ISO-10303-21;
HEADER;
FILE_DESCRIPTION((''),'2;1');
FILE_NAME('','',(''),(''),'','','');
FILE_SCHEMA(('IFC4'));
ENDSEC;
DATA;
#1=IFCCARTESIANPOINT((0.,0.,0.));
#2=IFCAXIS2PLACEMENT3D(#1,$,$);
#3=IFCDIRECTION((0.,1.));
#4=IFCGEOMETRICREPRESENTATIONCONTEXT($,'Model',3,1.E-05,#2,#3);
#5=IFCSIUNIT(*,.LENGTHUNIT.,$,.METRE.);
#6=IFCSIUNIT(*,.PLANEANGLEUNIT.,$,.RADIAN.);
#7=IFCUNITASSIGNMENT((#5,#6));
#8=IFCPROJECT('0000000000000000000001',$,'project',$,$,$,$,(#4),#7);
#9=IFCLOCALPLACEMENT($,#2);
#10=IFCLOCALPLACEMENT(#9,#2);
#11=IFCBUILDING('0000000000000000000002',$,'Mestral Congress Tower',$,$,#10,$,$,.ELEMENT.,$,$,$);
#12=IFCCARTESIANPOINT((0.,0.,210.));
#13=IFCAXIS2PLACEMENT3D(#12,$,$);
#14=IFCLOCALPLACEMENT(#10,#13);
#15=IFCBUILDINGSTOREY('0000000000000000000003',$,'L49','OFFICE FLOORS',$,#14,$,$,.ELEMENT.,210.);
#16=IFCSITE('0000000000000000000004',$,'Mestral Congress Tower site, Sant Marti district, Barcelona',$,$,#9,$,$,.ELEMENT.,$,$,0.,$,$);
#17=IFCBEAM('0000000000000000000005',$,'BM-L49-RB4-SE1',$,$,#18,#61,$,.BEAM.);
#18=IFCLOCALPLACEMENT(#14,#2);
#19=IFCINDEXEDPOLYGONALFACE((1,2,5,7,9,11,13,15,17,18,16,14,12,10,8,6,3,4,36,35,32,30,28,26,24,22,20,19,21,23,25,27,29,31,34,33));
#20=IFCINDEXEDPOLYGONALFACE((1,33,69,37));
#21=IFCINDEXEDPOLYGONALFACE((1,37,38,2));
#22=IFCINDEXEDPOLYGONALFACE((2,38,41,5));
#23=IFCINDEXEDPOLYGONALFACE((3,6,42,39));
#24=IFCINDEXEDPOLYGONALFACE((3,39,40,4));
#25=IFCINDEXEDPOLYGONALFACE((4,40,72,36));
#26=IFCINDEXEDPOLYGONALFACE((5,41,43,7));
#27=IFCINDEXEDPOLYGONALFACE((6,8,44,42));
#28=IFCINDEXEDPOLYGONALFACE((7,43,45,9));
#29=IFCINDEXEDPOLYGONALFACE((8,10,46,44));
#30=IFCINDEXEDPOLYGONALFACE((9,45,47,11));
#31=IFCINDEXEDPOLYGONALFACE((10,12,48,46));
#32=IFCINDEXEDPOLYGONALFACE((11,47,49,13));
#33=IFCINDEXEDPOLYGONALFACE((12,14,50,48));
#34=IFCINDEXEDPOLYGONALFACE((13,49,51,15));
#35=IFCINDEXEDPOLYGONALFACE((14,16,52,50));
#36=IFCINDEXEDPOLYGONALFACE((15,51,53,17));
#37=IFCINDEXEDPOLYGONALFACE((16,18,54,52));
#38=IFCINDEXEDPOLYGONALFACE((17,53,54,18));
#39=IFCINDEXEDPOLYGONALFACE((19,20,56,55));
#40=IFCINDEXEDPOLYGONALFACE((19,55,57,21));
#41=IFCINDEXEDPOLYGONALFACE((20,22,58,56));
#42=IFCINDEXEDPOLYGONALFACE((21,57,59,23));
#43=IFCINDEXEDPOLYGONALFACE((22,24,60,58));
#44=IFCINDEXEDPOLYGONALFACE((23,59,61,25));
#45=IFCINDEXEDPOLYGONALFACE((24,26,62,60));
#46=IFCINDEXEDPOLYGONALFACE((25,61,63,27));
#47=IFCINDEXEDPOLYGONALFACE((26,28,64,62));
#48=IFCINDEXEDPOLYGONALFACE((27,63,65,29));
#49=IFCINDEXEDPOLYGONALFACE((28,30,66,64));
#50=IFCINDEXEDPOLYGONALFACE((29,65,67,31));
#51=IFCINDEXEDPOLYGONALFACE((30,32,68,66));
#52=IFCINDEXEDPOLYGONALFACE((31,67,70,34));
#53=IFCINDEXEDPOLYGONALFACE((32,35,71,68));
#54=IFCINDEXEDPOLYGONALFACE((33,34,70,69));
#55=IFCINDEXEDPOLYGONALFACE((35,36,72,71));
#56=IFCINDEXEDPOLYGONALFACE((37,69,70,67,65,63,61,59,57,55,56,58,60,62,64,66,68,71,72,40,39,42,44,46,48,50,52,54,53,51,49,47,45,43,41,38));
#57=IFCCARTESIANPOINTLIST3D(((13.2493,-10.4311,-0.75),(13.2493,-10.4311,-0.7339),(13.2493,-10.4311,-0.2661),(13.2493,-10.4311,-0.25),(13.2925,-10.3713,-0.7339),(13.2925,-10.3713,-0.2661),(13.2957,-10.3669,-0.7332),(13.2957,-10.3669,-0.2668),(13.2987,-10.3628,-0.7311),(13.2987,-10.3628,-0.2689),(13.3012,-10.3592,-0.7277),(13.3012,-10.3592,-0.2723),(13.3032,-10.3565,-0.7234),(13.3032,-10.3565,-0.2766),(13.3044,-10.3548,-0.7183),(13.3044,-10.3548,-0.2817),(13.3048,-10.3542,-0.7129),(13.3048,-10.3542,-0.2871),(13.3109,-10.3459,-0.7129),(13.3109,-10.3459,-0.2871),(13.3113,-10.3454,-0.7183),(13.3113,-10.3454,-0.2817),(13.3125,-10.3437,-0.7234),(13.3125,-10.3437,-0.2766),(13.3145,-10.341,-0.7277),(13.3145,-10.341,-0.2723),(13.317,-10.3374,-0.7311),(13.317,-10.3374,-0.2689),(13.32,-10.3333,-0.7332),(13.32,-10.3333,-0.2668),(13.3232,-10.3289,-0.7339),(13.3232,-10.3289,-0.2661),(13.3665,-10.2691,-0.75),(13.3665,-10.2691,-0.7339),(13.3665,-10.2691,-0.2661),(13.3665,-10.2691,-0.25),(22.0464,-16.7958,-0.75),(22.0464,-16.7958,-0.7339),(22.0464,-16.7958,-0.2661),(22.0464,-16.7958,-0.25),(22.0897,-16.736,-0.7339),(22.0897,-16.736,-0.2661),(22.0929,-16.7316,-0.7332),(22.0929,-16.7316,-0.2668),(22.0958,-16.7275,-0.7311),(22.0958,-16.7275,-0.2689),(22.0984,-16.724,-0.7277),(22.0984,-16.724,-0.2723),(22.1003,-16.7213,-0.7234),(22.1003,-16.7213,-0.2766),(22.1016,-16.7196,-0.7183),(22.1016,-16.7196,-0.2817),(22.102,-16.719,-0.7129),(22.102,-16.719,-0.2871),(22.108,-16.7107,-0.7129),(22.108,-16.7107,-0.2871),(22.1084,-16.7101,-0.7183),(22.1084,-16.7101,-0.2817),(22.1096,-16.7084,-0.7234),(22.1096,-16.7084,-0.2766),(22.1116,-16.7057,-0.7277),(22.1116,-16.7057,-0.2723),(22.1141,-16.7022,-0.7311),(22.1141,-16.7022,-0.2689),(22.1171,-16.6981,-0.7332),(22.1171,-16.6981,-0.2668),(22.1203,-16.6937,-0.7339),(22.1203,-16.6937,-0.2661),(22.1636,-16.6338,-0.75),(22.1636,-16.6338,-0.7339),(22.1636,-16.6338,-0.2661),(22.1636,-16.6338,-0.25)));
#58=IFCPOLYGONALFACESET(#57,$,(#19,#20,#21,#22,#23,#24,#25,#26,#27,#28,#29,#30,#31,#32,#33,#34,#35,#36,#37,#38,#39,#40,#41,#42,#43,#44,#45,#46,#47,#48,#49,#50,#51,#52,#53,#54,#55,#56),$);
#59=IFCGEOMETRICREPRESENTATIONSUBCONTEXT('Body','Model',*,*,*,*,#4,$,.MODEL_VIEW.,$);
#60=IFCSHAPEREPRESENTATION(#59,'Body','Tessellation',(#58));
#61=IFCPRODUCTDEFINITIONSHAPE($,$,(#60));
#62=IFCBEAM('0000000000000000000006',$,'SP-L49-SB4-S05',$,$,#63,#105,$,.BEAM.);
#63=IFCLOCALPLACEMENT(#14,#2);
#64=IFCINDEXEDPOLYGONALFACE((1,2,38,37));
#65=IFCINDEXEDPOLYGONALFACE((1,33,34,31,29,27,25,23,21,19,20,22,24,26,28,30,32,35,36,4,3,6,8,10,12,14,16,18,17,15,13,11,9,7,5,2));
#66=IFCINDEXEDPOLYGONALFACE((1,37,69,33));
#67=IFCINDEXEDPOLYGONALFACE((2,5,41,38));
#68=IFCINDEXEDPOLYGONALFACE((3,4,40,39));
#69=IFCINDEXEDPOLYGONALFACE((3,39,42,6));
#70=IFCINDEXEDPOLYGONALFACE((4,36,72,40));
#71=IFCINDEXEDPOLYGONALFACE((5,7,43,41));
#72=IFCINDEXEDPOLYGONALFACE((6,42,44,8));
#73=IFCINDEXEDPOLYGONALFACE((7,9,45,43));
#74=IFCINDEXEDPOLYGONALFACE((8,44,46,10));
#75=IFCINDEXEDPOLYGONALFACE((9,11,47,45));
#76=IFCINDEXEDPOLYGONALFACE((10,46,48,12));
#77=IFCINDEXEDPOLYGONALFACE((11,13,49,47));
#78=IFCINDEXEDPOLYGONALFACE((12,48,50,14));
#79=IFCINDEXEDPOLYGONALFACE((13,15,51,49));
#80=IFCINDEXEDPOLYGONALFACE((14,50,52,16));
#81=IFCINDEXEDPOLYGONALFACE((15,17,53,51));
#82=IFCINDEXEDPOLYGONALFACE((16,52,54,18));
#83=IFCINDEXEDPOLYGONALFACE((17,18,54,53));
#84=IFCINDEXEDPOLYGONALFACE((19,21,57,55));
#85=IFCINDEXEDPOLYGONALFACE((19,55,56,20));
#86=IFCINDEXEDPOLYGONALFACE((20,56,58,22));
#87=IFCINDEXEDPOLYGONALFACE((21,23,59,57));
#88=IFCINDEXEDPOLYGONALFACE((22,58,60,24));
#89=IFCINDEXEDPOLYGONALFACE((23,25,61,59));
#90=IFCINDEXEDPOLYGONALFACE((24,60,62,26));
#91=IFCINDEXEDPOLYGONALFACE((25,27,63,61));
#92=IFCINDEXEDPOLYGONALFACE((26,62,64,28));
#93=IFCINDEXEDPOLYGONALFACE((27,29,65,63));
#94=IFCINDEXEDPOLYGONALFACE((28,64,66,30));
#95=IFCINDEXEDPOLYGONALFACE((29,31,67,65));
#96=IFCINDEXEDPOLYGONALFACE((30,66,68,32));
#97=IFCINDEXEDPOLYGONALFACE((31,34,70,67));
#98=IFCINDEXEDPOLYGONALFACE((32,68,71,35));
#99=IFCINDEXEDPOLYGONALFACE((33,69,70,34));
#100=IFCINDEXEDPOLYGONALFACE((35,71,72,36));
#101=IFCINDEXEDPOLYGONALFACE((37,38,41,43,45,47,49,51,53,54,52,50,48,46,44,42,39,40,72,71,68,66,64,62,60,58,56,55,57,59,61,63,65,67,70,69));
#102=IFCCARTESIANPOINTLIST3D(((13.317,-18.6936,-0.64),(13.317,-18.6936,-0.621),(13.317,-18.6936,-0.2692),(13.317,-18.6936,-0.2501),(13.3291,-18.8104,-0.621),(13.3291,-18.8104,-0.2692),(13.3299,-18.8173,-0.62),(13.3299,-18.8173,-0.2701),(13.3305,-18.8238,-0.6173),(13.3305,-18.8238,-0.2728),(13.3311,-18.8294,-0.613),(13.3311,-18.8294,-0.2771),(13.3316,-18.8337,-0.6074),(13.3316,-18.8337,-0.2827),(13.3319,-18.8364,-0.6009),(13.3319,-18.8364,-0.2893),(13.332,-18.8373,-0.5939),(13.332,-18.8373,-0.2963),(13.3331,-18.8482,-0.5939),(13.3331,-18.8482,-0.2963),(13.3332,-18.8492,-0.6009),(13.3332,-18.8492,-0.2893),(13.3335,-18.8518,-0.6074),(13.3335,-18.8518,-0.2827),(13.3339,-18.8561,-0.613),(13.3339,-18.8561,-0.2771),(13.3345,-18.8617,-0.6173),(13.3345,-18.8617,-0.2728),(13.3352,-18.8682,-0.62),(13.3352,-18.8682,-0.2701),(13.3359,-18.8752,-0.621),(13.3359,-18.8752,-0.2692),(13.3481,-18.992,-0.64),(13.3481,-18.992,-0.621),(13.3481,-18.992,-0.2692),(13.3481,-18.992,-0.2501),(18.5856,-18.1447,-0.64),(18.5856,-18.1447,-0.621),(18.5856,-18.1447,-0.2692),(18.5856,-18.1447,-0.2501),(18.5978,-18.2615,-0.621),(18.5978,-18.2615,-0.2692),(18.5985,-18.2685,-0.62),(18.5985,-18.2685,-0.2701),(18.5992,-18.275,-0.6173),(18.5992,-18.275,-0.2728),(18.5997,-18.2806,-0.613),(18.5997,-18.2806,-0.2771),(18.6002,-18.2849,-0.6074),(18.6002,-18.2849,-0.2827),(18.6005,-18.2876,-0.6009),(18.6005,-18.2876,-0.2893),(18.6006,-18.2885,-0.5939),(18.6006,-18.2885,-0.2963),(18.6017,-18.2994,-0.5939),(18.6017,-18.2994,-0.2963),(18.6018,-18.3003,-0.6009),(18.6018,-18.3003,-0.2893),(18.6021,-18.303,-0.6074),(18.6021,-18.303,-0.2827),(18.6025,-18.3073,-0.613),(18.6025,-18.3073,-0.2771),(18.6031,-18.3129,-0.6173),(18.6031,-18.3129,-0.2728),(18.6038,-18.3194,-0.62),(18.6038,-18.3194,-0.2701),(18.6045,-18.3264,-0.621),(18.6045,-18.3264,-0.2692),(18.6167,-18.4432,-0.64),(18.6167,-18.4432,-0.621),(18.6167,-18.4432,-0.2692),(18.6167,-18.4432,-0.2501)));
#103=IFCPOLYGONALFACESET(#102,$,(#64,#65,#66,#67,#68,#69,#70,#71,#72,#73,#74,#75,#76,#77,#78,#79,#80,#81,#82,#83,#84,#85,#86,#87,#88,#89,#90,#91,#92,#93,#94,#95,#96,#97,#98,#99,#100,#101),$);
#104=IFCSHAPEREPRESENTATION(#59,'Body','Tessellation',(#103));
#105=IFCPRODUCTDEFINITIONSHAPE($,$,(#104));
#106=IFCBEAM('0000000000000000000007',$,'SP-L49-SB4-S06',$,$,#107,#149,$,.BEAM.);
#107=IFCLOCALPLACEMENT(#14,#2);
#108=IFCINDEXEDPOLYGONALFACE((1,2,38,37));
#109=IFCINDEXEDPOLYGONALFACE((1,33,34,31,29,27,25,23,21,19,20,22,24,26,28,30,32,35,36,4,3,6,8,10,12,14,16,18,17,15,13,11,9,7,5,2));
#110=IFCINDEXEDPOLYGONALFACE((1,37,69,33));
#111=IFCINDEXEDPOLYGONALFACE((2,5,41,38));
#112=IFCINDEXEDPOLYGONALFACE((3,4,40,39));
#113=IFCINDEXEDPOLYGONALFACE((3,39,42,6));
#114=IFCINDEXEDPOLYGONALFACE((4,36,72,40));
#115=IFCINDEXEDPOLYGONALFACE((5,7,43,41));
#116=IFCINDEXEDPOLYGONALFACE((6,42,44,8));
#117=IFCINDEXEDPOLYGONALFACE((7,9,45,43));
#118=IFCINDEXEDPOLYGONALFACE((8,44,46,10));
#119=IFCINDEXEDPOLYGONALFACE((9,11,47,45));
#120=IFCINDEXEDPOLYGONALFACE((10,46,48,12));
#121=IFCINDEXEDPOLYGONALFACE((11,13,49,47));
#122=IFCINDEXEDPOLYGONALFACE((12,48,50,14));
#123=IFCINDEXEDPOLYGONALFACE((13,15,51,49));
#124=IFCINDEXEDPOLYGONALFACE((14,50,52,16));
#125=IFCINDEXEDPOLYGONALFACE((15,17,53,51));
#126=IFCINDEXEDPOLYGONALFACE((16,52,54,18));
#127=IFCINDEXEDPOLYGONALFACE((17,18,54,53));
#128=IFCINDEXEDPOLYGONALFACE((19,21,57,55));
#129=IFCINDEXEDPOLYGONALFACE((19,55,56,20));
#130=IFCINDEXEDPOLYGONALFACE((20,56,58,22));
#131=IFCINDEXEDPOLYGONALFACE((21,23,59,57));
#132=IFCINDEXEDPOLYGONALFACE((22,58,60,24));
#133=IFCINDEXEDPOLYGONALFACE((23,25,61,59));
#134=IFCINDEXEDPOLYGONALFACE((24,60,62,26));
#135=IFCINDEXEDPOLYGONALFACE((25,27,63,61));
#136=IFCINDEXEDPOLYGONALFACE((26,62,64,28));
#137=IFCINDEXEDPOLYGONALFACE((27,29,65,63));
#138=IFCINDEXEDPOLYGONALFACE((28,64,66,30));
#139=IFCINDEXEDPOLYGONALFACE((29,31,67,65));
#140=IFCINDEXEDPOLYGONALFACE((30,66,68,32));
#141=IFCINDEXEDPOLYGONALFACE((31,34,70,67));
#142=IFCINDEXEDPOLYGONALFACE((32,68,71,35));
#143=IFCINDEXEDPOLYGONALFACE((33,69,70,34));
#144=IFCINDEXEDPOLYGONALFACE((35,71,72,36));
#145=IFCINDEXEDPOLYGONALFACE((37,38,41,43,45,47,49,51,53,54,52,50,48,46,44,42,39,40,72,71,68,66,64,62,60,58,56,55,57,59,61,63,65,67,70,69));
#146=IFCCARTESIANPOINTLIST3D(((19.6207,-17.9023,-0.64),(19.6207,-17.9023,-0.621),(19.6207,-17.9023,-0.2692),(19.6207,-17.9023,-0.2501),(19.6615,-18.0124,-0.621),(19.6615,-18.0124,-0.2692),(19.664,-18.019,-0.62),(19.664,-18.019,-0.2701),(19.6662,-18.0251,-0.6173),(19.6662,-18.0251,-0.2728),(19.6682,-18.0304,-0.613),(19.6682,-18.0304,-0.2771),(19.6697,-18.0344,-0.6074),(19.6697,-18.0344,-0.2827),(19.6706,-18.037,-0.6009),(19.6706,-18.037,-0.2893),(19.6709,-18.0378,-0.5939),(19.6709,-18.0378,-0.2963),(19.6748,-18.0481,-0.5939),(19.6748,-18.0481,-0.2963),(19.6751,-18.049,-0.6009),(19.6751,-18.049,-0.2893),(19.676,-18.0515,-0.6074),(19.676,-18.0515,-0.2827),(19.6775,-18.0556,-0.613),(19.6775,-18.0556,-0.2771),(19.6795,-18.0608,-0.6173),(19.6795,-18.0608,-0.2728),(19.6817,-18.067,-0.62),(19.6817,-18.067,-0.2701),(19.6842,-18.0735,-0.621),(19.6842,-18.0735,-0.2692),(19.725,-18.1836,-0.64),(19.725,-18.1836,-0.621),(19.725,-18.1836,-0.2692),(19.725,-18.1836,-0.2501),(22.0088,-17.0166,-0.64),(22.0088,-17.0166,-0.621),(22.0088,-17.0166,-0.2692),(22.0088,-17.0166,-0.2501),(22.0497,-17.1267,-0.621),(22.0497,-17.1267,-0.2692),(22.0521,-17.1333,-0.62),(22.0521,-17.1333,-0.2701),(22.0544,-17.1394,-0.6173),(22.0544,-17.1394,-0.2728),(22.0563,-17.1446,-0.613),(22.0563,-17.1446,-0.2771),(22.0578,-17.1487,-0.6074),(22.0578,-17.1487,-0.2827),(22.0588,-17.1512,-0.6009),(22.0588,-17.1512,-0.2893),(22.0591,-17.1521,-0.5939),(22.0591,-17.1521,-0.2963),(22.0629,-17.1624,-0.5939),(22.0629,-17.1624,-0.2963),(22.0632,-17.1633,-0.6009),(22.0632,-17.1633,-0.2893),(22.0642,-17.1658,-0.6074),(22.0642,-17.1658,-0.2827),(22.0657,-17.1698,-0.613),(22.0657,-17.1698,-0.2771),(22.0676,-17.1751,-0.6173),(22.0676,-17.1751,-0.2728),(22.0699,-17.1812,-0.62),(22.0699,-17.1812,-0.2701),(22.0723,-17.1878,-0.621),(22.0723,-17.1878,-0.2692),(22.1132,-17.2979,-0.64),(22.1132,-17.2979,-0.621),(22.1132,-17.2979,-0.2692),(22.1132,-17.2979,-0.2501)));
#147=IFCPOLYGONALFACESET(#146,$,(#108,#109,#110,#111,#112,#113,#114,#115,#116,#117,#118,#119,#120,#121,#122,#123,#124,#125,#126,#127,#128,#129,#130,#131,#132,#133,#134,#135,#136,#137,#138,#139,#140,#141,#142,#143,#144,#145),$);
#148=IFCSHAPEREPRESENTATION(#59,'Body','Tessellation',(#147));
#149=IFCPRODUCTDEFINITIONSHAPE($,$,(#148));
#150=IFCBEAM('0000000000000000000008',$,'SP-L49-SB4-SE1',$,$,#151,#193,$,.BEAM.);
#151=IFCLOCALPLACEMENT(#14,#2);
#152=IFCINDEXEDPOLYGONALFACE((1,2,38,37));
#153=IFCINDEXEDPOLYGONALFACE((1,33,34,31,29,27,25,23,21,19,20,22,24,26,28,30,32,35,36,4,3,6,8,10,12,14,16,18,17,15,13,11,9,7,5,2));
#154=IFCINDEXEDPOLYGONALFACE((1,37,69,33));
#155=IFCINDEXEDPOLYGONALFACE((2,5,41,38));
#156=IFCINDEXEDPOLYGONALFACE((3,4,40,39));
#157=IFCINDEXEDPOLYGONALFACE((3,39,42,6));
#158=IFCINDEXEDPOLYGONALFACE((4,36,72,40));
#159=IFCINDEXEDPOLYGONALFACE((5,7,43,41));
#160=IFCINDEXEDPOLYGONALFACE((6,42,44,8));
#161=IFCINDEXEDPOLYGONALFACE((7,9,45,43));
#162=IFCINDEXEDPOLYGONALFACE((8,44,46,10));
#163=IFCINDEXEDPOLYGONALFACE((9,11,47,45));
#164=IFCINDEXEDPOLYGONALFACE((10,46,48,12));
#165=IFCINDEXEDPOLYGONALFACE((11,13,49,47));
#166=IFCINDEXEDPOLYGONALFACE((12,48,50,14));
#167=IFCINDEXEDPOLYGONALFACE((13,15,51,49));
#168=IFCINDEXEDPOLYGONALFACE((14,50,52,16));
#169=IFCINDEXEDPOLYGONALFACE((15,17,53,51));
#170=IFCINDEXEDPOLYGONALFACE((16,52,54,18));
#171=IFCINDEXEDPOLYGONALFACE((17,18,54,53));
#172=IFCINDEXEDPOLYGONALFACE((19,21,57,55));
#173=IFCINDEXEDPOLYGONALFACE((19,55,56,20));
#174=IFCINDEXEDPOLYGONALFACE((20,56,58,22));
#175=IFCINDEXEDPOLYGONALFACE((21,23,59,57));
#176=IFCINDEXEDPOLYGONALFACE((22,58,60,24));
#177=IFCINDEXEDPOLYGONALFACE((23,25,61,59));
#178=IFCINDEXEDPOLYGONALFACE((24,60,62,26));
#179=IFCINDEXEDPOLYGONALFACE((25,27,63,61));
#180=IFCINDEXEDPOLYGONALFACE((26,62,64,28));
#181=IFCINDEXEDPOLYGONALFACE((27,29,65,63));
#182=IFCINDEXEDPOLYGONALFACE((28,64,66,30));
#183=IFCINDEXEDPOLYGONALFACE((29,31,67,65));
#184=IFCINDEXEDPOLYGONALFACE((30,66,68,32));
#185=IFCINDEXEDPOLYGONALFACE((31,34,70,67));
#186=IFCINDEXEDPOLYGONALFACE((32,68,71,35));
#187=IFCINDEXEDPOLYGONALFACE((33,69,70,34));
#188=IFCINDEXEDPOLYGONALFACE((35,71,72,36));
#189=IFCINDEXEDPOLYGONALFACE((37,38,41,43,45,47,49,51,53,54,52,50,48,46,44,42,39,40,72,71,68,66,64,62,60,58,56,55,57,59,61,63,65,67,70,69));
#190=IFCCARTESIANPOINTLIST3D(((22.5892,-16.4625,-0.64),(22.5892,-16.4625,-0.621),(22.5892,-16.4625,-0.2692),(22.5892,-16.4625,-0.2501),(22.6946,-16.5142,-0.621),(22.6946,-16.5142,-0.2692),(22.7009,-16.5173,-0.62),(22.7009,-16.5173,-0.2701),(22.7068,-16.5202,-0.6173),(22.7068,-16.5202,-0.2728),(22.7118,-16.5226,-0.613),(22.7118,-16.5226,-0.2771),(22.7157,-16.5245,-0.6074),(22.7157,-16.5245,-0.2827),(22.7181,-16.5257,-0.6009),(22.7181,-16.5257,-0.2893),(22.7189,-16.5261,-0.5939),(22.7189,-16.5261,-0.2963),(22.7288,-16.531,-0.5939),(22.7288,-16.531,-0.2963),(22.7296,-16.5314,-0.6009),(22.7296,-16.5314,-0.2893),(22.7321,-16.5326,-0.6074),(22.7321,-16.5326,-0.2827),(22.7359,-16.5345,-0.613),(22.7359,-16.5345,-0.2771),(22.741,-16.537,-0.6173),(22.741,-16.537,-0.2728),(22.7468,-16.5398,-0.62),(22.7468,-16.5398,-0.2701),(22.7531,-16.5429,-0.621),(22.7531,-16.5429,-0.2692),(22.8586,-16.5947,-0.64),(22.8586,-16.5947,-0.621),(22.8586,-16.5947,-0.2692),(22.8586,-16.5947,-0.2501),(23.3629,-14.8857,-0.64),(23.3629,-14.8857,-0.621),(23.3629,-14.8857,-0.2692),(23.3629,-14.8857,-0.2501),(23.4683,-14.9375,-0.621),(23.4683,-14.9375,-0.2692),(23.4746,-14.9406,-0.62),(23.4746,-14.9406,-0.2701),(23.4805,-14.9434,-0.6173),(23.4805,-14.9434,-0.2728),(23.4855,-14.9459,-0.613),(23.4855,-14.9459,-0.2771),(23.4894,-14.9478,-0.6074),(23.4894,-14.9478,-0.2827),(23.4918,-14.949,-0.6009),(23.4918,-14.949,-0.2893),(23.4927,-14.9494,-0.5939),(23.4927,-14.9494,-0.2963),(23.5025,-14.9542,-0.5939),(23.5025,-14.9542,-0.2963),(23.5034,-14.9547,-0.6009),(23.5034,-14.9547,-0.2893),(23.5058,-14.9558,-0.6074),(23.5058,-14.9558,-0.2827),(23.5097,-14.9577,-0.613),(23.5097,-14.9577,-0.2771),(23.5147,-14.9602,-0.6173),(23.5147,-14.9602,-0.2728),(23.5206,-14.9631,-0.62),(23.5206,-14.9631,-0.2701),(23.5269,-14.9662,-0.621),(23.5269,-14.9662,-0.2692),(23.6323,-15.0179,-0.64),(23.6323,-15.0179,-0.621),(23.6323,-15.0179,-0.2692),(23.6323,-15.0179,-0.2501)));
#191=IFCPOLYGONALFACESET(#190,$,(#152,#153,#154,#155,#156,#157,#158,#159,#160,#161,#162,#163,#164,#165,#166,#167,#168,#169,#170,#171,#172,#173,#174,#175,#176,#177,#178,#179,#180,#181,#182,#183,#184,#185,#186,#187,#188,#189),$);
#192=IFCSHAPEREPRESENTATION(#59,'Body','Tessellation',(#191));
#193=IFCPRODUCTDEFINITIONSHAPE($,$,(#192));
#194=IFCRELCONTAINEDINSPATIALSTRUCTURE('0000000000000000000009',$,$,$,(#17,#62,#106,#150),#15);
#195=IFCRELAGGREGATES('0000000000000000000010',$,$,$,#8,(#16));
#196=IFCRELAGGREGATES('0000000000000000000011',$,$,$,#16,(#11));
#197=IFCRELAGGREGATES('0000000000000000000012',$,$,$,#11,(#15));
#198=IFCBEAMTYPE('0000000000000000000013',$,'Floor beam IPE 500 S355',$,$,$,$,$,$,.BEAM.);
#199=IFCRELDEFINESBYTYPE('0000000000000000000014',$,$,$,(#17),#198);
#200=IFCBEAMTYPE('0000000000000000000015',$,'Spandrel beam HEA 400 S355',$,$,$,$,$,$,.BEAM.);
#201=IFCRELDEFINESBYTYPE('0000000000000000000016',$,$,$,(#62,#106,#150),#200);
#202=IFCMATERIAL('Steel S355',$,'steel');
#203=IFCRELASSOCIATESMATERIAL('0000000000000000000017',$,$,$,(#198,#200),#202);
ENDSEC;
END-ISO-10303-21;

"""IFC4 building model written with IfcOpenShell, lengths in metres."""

from ifc_helpers import new_model, si_unit, direction, frame, origin, origin_2d, place, context, subcontext, project, spatial, i_section, extrude, material, material_profile, profile_set, type_object, element, save


model = new_model("IFC4")

# Units and contexts
model_context = context("Model", 3, precision=1e-05, world=origin(), true_north=direction((0.0, 1.0)))
body_context = subcontext(model_context, "Body", "Model", "MODEL_VIEW")
ifc_project = project(units=[si_unit("LENGTHUNIT", "METRE"), si_unit("PLANEANGLEUNIT", "RADIAN")], contexts=[model_context])

# Site, building, storey
site_placement = place(None, origin())
site = spatial("IfcSite", under=ifc_project, at=site_placement, Name="Mestral Congress Tower site, Sant Marti district, Barcelona", CompositionType="ELEMENT", RefElevation=0.0)
building_placement = place(site_placement, origin())
building = spatial("IfcBuilding", under=site, at=building_placement, Name="Mestral Congress Tower", CompositionType="ELEMENT")
storey_placement = place(building_placement, frame((0.0, 0.0, 210.0)))
storey = spatial("IfcBuildingStorey", under=building, at=storey_placement, Name="L49", Description="OFFICE FLOORS", CompositionType="ELEMENT", Elevation=210.0)

# Beams
ifc_material_1 = material(Name="Steel S355", Category="steel")
ifc_material_profile_1 = material_profile(ifc_material_1, i_section(OverallWidth=0.2, OverallDepth=0.5, WebThickness=0.0103, FlangeThickness=0.0161, FilletRadius=0.021, at=origin_2d()), Name="IPE 500")
ifc_profile_set_1 = profile_set([ifc_material_profile_1], Name="Steel S355")
beam_type_1 = type_object("IfcBeamType", Name="Floor beam IPE 500 S355", PredefinedType="BEAM", material=ifc_profile_set_1)
beam_1_placement = place(storey_placement, frame((22.105, -16.7148, -0.5), z_axis=(-0.810186, 0.586173, 0.0), x_axis=(-0.586173, -0.810186, 0.0)))
element("IfcBeam", 1, at=beam_1_placement, inside=storey, type_object=beam_type_1, Name="BM-L49-RB4-SE1", PredefinedType="BEAM", context=body_context, shape_type="SweptSolid", body=[
    extrude(i_section(OverallWidth=0.2, OverallDepth=0.5, WebThickness=0.0103, FlangeThickness=0.0161, FilletRadius=0.021, at=origin_2d()), origin(), (0.0, 0.0, 1.0), 10.8582),
])
ifc_material_profile_2 = material_profile(ifc_material_1, i_section(OverallWidth=0.3, OverallDepth=0.3899, WebThickness=0.011, FlangeThickness=0.019, FilletRadius=0.0271, at=origin_2d()), Name="HEA 400")
ifc_profile_set_2 = profile_set([ifc_material_profile_2], Name="Steel S355")
beam_type_2 = type_object("IfcBeamType", Name="Spandrel beam HEA 400 S355", PredefinedType="BEAM", material=ifc_profile_set_2)
beam_2_placement = place(storey_placement, frame((13.3325, -18.8428, -0.4451), z_axis=(0.994618, 0.10361, 0.0), x_axis=(-0.10361, 0.994618, 0.0)))
element("IfcBeam", 2, at=beam_2_placement, inside=storey, type_object=beam_type_2, Name="SP-L49-SB4-S05", PredefinedType="BEAM", context=body_context, shape_type="SweptSolid", body=[
    extrude(i_section(OverallWidth=0.3, OverallDepth=0.3899, WebThickness=0.011, FlangeThickness=0.019, FilletRadius=0.0271, at=origin_2d()), origin(), (0.0, 0.0, 1.0), 5.2971),
])
beam_3_placement = place(storey_placement, frame((19.6729, -18.043, -0.4451), z_axis=(0.937591, 0.347739, 0.0), x_axis=(-0.347739, 0.937591, 0.0)))
element("IfcBeam", 3, at=beam_3_placement, inside=storey, type_object=beam_type_2, Name="SP-L49-SB4-S06", PredefinedType="BEAM", context=body_context, shape_type="SweptSolid", body=[
    extrude(i_section(OverallWidth=0.3, OverallDepth=0.3899, WebThickness=0.011, FlangeThickness=0.019, FilletRadius=0.0271, at=origin_2d()), origin(), (0.0, 0.0, 1.0), 2.5471),
])
for number, where, z_axis, x_axis, name in (
    (4, (22.7239, -16.5286, -0.4451), (0.440529, 0.897739, 0.0), (-0.897739, 0.440529, 0.0), "SP-L49-SB4-SE1"),
):
    element("IfcBeam", number, at=place(storey_placement, frame(where, z_axis=z_axis, x_axis=x_axis)), inside=storey, type_object=beam_type_2, Name=name, PredefinedType="BEAM", context=body_context, shape_type="SweptSolid", body=[
        extrude(i_section(OverallWidth=0.3, OverallDepth=0.3899, WebThickness=0.011, FlangeThickness=0.019, FilletRadius=0.0271, at=origin_2d()), origin(), (0.0, 0.0, 1.0), 1.7563),
    ])

save(model, "model.ifc")
